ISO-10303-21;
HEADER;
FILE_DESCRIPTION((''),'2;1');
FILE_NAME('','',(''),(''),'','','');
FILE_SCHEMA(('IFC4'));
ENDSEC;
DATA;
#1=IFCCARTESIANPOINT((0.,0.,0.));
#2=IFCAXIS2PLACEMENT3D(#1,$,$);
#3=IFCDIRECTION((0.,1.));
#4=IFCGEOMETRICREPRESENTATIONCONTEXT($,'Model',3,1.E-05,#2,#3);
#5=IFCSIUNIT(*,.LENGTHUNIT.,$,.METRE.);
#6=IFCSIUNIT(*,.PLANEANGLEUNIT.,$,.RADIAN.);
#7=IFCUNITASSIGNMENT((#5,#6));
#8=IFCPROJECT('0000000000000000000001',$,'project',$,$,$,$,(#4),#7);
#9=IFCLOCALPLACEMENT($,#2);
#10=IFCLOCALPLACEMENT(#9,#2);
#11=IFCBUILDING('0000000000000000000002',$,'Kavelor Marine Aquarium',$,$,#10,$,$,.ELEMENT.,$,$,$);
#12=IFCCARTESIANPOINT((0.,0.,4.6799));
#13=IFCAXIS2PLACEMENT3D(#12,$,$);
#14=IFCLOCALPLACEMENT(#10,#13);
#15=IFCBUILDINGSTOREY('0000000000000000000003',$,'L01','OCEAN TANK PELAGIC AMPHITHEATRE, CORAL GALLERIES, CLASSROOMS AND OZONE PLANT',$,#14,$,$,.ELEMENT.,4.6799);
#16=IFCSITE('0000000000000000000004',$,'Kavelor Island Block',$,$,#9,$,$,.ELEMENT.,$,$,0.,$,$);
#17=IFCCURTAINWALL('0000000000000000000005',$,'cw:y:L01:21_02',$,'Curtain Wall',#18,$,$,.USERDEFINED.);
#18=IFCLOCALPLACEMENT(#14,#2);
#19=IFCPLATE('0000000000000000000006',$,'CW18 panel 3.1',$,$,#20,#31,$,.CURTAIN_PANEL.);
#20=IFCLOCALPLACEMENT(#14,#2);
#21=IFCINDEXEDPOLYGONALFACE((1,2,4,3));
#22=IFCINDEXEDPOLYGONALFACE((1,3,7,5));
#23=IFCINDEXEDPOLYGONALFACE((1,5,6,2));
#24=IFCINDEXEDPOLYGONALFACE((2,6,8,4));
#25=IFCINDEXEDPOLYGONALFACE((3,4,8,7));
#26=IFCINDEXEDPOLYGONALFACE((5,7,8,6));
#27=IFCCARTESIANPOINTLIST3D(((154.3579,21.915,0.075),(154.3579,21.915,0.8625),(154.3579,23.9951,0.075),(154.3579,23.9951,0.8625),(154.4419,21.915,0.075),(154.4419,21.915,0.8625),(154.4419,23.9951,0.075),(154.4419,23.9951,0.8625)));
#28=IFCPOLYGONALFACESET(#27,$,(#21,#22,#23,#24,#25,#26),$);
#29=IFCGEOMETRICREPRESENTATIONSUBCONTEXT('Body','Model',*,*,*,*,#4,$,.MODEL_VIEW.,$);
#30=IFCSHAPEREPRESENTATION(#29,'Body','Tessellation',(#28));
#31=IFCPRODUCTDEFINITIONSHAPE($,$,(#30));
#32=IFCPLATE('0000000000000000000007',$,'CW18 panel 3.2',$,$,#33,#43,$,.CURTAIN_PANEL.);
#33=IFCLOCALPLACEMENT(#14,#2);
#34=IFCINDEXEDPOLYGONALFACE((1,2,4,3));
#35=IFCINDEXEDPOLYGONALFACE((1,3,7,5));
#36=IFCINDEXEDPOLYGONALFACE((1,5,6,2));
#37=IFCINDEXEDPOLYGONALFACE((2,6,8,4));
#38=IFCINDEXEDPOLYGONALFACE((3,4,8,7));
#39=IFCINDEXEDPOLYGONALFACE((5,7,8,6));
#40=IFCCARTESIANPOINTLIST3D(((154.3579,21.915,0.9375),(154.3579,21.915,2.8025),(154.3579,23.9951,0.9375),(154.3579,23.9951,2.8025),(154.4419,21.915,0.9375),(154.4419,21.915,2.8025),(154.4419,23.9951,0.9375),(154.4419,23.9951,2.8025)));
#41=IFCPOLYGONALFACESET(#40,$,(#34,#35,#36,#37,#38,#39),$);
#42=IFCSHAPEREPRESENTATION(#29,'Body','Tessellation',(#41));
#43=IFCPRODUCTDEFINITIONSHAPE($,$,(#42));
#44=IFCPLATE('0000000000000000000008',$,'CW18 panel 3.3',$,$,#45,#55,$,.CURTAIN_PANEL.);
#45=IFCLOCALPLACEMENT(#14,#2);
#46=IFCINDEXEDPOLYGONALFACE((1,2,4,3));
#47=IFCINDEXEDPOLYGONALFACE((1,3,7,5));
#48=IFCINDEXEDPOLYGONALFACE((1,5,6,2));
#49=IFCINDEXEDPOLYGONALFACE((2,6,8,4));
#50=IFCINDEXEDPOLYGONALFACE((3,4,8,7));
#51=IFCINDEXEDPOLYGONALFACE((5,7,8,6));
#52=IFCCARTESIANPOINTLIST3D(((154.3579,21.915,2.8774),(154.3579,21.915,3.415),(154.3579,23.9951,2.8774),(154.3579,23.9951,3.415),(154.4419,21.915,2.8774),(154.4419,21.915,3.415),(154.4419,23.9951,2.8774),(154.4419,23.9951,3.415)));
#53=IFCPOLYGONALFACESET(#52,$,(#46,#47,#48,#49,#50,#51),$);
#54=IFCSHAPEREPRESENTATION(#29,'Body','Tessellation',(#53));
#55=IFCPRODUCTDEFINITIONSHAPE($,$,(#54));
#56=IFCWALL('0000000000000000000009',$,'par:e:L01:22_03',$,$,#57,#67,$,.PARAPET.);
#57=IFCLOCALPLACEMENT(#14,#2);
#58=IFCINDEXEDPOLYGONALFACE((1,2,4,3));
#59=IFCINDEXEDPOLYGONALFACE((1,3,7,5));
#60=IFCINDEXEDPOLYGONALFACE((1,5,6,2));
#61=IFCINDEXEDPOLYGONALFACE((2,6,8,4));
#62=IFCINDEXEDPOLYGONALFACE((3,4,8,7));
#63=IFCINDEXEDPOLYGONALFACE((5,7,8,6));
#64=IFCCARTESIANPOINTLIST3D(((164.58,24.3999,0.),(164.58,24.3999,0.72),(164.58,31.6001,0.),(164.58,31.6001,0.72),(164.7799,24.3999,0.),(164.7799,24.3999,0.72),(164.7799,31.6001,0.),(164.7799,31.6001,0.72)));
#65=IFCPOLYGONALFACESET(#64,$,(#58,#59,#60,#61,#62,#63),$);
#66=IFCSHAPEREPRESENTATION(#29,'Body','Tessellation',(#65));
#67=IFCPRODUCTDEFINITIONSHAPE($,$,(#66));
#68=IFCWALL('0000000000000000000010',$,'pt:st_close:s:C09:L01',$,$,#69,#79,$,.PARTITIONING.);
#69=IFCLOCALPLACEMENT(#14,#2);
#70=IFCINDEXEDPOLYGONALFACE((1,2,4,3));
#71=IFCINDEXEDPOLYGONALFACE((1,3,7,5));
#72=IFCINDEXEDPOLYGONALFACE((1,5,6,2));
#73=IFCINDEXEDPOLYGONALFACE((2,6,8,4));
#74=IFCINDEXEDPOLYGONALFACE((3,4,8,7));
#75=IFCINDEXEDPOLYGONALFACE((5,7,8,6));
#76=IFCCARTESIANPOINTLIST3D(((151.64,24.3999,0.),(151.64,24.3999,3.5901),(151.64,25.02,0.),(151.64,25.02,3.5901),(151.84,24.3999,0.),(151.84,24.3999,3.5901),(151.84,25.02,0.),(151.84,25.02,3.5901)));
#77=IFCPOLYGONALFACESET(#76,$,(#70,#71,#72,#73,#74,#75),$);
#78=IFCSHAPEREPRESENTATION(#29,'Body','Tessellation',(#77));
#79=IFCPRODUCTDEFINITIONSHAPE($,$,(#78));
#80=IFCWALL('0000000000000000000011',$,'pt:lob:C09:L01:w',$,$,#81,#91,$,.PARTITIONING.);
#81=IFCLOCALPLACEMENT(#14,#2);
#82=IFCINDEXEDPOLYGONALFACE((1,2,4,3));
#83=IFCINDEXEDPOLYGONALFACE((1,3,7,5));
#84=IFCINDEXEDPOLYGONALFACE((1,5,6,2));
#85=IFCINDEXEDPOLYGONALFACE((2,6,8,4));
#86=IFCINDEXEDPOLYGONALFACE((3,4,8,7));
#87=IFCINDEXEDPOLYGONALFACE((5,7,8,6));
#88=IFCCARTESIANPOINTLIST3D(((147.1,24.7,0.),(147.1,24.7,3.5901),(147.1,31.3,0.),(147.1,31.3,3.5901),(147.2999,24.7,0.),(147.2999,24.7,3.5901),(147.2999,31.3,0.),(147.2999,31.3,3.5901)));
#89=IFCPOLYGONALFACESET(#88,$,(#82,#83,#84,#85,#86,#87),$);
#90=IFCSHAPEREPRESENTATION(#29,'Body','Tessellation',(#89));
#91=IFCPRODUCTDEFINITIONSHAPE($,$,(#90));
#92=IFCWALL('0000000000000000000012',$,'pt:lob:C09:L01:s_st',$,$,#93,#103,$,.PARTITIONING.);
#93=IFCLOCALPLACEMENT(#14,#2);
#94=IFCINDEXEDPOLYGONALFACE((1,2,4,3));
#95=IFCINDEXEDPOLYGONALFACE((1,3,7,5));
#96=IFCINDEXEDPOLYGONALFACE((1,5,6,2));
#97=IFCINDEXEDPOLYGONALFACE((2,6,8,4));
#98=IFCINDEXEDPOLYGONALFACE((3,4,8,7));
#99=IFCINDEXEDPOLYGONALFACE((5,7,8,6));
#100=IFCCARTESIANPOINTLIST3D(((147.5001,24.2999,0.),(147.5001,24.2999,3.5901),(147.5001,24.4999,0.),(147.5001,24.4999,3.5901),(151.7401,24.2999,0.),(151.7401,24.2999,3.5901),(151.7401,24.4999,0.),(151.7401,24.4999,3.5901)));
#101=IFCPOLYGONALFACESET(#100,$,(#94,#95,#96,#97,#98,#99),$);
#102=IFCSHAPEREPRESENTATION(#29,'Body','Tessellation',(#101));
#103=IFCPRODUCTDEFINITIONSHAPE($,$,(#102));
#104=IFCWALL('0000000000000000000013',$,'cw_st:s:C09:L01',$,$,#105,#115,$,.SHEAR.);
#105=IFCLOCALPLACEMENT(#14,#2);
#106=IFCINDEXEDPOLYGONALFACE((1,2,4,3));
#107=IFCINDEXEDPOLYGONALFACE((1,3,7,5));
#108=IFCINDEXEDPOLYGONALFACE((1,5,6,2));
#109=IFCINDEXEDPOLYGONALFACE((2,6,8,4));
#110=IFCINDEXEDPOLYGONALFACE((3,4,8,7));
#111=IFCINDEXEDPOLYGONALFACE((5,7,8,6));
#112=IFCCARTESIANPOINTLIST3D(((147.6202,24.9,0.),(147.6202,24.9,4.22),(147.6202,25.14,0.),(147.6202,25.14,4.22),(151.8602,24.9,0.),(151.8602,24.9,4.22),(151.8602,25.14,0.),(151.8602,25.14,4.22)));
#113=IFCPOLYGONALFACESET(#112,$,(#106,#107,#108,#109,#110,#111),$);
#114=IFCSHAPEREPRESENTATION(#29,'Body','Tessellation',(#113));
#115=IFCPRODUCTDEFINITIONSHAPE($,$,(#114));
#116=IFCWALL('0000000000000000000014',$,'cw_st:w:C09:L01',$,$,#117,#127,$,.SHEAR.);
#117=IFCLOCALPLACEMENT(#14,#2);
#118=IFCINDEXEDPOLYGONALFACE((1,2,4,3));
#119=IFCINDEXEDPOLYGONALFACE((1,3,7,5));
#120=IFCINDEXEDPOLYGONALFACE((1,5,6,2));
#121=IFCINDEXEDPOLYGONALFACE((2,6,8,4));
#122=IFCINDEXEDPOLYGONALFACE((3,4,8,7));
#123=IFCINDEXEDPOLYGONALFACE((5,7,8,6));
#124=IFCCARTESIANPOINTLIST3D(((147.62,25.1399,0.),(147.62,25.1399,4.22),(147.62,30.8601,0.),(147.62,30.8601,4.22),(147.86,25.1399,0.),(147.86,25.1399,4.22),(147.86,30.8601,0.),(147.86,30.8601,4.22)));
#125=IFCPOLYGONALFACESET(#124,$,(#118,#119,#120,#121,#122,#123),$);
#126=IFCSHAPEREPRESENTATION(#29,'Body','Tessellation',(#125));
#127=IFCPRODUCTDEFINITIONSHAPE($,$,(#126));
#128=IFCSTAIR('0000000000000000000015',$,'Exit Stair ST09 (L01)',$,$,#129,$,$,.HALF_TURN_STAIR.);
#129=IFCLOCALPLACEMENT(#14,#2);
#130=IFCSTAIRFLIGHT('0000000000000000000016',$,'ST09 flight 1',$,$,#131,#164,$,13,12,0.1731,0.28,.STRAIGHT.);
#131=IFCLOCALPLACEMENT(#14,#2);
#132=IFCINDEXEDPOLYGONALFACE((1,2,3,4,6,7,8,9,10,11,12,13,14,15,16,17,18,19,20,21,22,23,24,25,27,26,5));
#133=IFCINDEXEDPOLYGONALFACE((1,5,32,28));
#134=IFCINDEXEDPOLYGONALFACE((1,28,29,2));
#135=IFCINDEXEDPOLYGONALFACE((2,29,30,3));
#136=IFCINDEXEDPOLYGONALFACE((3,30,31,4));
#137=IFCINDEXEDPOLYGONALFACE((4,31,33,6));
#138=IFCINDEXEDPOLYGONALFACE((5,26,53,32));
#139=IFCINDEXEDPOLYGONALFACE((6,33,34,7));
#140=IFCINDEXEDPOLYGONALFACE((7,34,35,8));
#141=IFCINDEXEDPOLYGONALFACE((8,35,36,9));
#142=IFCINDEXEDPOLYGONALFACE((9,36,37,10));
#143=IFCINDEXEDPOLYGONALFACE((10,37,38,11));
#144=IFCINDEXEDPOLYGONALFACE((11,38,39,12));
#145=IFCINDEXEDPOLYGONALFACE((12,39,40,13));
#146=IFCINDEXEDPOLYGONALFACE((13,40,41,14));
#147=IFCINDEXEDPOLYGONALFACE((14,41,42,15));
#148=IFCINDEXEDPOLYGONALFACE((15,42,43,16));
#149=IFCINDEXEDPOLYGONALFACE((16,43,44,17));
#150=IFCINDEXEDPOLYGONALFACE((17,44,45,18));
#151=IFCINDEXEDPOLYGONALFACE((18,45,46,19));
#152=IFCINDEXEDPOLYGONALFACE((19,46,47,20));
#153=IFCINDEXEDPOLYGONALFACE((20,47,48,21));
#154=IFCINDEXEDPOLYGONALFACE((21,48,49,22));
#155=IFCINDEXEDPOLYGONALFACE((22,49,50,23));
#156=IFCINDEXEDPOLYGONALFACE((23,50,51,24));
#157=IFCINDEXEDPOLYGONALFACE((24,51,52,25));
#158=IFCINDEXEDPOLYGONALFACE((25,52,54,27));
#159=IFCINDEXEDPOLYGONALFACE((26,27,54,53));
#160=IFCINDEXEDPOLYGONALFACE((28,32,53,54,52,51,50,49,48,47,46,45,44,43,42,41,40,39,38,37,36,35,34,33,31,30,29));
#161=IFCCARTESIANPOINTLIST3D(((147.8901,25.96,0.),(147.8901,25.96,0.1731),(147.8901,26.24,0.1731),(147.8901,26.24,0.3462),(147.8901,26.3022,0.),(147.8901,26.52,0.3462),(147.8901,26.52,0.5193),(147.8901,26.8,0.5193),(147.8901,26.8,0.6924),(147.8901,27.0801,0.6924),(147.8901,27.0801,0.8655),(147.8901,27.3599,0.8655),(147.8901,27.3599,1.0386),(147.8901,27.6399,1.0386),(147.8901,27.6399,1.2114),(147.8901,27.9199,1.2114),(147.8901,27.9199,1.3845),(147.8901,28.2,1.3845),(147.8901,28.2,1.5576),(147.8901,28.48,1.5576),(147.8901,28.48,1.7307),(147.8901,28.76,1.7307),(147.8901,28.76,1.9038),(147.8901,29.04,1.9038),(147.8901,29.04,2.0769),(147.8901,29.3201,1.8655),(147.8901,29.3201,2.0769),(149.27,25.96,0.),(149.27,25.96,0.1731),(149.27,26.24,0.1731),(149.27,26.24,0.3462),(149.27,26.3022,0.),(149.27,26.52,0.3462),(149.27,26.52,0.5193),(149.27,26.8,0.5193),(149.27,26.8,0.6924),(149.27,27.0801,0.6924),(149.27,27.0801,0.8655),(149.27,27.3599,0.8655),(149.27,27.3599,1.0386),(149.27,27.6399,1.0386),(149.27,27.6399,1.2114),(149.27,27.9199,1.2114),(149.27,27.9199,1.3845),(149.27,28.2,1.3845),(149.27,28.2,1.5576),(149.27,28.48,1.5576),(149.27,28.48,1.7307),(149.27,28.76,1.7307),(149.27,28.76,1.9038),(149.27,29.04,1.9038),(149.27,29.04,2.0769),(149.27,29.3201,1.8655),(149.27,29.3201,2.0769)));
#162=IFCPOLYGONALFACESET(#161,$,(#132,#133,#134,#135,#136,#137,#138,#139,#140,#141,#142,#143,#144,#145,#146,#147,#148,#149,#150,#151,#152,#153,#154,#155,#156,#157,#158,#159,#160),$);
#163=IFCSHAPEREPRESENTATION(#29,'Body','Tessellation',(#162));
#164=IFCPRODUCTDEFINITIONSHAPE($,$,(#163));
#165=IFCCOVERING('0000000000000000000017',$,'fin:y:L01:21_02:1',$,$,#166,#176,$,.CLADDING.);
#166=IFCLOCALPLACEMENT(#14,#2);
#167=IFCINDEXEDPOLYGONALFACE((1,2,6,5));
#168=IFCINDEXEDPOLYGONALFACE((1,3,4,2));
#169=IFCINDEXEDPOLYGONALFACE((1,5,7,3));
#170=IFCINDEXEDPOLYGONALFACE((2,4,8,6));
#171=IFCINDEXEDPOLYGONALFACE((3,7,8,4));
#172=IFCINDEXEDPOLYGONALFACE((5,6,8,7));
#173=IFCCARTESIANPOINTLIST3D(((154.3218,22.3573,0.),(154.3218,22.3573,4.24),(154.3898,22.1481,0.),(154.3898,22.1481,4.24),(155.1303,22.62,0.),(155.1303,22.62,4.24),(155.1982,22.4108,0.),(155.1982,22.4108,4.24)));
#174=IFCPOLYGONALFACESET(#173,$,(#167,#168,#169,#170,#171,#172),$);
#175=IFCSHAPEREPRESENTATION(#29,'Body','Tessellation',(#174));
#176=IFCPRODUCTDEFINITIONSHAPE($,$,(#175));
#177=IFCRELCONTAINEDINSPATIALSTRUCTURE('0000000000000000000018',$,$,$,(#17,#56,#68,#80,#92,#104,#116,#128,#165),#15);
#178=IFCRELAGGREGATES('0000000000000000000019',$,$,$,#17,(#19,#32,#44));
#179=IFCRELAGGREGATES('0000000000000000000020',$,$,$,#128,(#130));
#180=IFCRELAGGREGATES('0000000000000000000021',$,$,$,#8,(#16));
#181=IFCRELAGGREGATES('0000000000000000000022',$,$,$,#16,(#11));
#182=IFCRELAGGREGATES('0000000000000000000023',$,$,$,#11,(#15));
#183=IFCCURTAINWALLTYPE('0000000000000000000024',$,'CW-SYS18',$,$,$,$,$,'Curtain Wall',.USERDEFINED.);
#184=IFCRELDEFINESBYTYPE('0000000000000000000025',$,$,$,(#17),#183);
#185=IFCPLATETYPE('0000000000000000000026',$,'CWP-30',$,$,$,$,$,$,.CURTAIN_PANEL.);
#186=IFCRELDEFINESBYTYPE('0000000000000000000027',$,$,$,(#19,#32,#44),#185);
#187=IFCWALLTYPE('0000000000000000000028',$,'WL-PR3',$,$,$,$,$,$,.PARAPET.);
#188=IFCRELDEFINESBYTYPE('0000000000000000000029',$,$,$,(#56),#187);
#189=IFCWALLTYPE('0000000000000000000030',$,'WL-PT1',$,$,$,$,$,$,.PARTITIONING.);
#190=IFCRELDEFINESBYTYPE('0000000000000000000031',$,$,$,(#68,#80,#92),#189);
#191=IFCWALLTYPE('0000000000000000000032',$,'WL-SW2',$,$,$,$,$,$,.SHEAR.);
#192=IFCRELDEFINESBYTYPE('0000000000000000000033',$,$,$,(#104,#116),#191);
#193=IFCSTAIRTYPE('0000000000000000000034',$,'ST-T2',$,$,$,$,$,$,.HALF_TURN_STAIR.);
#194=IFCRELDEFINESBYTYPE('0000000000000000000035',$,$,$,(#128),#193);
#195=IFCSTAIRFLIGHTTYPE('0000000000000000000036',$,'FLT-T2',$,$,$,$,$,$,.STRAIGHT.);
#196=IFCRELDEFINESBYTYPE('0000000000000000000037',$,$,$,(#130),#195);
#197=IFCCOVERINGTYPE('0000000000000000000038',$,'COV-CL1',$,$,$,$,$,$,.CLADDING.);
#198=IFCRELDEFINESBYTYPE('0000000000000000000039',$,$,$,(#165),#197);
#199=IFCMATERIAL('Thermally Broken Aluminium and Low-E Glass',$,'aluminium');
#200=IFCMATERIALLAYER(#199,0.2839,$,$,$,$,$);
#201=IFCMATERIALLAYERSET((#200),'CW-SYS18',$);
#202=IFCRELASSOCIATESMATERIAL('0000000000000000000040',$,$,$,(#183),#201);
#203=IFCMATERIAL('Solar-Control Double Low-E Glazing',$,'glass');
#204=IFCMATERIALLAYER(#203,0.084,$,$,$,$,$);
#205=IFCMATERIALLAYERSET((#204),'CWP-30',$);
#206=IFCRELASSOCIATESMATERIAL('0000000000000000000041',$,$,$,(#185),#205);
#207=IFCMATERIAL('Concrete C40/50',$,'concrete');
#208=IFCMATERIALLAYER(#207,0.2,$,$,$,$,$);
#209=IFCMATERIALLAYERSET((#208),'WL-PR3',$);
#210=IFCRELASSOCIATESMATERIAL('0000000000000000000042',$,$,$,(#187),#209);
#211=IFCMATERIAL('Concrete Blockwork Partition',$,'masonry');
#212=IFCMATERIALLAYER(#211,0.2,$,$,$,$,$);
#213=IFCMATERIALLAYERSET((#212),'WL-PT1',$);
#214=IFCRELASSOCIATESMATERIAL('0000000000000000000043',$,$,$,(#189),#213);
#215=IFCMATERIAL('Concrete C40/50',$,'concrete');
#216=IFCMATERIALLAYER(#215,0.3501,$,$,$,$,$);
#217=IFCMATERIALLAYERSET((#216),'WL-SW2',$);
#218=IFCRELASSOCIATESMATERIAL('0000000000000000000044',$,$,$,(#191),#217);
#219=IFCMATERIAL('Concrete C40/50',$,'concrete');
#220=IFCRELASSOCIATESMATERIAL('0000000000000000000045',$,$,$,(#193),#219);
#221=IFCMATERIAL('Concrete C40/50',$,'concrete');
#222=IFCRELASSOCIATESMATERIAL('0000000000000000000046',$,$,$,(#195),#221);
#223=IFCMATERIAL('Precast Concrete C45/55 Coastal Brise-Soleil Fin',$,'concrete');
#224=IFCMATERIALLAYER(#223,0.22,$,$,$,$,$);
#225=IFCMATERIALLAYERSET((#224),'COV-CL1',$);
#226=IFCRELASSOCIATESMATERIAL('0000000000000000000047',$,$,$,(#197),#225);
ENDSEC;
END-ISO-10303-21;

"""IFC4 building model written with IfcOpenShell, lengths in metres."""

from ifc_helpers import new_model, si_unit, direction, frame, frame_2d, origin, origin_2d, place, context, subcontext, project, spatial, polyline, rectangle, outline, extrude, material, layer, layer_set, type_object, element, aggregate, save


model = new_model("IFC4")

# Units and contexts
model_context = context("Model", 3, precision=1e-05, world=origin(), true_north=direction((0.0, 1.0)))
body_context = subcontext(model_context, "Body", "Model", "MODEL_VIEW")
ifc_project = project(units=[si_unit("LENGTHUNIT", "METRE"), si_unit("PLANEANGLEUNIT", "RADIAN")], contexts=[model_context])

# Site, building, storey
site_placement = place(None, origin())
site = spatial("IfcSite", under=ifc_project, at=site_placement, Name="Kavelor Island Block", CompositionType="ELEMENT", RefElevation=0.0)
building_placement = place(site_placement, origin())
building = spatial("IfcBuilding", under=site, at=building_placement, Name="Kavelor Marine Aquarium", CompositionType="ELEMENT")
storey_placement = place(building_placement, frame((0.0, 0.0, 4.6799)))
storey = spatial("IfcBuildingStorey", under=building, at=storey_placement, Name="L01", Description="OCEAN TANK PELAGIC AMPHITHEATRE, CORAL GALLERIES, CLASSROOMS AND OZONE PLANT", CompositionType="ELEMENT", Elevation=4.6799)

# Curtain wall, plates
ifc_material_1 = material(Name="Thermally Broken Aluminium and Low-E Glass", Category="aluminium")
ifc_layer_1 = layer(ifc_material_1, 0.2839)
ifc_layer_set_1 = layer_set([ifc_layer_1], Name="CW-SYS18")
curtain_wall_type = type_object("IfcCurtainWallType", Name="CW-SYS18", ElementType="Curtain Wall", PredefinedType="USERDEFINED", material=ifc_layer_set_1)
curtain_wall_placement = place(storey_placement, origin())
curtain_wall = element("IfcCurtainWall", 1, at=curtain_wall_placement, inside=storey, type_object=curtain_wall_type, Name="cw:y:L01:21_02", ObjectType="Curtain Wall", PredefinedType="USERDEFINED")
ifc_material_2 = material(Name="Solar-Control Double Low-E Glazing", Category="glass")
ifc_layer_2 = layer(ifc_material_2, 0.084)
ifc_layer_set_2 = layer_set([ifc_layer_2], Name="CWP-30")
plate_type = type_object("IfcPlateType", Name="CWP-30", PredefinedType="CURTAIN_PANEL", material=ifc_layer_set_2)
plate_1_placement = place(storey_placement, frame((154.3999, 22.9551, 0.075), z_axis=(0.0, 0.0, 1.0), x_axis=(0.0, 1.0, 0.0)))
plate_1 = element("IfcPlate", 2, at=plate_1_placement, type_object=plate_type, Name="CW18 panel 3.1", PredefinedType="CURTAIN_PANEL", context=body_context, shape_type="SweptSolid", body=[
    extrude(rectangle(XDim=2.0801, YDim=0.084, at=origin_2d()), origin(), (0.0, 0.0, 1.0), 0.7876),
])
plate_2_placement = place(storey_placement, frame((154.3999, 22.9551, 0.9375), z_axis=(0.0, 0.0, 1.0), x_axis=(0.0, 1.0, 0.0)))
plate_2 = element("IfcPlate", 3, at=plate_2_placement, type_object=plate_type, Name="CW18 panel 3.2", PredefinedType="CURTAIN_PANEL", context=body_context, shape_type="SweptSolid", body=[
    extrude(rectangle(XDim=2.0801, YDim=0.084, at=origin_2d()), origin(), (0.0, 0.0, 1.0), 1.865),
])
plate_3_placement = place(storey_placement, frame((154.3999, 22.9551, 2.8774), z_axis=(0.0, 0.0, 1.0), x_axis=(0.0, 1.0, 0.0)))
plate_3 = element("IfcPlate", 4, at=plate_3_placement, type_object=plate_type, Name="CW18 panel 3.3", PredefinedType="CURTAIN_PANEL", context=body_context, shape_type="SweptSolid", body=[
    extrude(rectangle(XDim=2.0801, YDim=0.084, at=origin_2d()), origin(), (0.0, 0.0, 1.0), 0.5376),
])
aggregate(curtain_wall, [plate_1, plate_2, plate_3])

# Walls
ifc_material_3 = material(Name="Concrete C40/50", Category="concrete")
ifc_layer_3 = layer(ifc_material_3, 0.2)
ifc_layer_set_3 = layer_set([ifc_layer_3], Name="WL-PR3")
wall_type_1 = type_object("IfcWallType", Name="WL-PR3", PredefinedType="PARAPET", material=ifc_layer_set_3)
wall_1_placement = place(storey_placement, frame((164.6799, 24.3999, 0.0), z_axis=(0.0, 0.0, 1.0), x_axis=(0.0, 1.0, 0.0)))
element("IfcWall", 5, at=wall_1_placement, inside=storey, type_object=wall_type_1, Name="par:e:L01:22_03", PredefinedType="PARAPET", context=body_context, shape_type="SweptSolid", body=[
    extrude(rectangle(XDim=7.2002, YDim=0.2, at=frame_2d((3.6001, 0.0))), origin(), (0.0, 0.0, 1.0), 0.72),
])
ifc_material_4 = material(Name="Concrete Blockwork Partition", Category="masonry")
ifc_layer_4 = layer(ifc_material_4, 0.2)
ifc_layer_set_4 = layer_set([ifc_layer_4], Name="WL-PT1")
wall_type_2 = type_object("IfcWallType", Name="WL-PT1", PredefinedType="PARTITIONING", material=ifc_layer_set_4)
wall_2_placement = place(storey_placement, frame((151.74, 24.3999, 0.0), z_axis=(0.0, 0.0, 1.0), x_axis=(0.0, 1.0, 0.0)))
element("IfcWall", 6, at=wall_2_placement, inside=storey, type_object=wall_type_2, Name="pt:st_close:s:C09:L01", PredefinedType="PARTITIONING", context=body_context, shape_type="SweptSolid", body=[
    extrude(rectangle(XDim=0.6201, YDim=0.2, at=frame_2d((0.3101, 0.0))), origin(), (0.0, 0.0, 1.0), 3.5901),
])
wall_3_placement = place(storey_placement, frame((147.2, 24.7, 0.0), z_axis=(0.0, 0.0, 1.0), x_axis=(0.0, 1.0, 0.0)))
element("IfcWall", 7, at=wall_3_placement, inside=storey, type_object=wall_type_2, Name="pt:lob:C09:L01:w", PredefinedType="PARTITIONING", context=body_context, shape_type="SweptSolid", body=[
    extrude(rectangle(XDim=6.6001, YDim=0.2, at=frame_2d((3.3, 0.0))), origin(), (0.0, 0.0, 1.0), 3.5901),
])
wall_4_placement = place(storey_placement, frame((147.5, 24.3999, 0.0), z_axis=(0.0, 0.0, 1.0), x_axis=(1.0, 0.0, 0.0)))
element("IfcWall", 8, at=wall_4_placement, inside=storey, type_object=wall_type_2, Name="pt:lob:C09:L01:s_st", PredefinedType="PARTITIONING", context=body_context, shape_type="SweptSolid", body=[
    extrude(rectangle(XDim=4.24, YDim=0.2, at=frame_2d((2.1201, 0.0))), origin(), (0.0, 0.0, 1.0), 3.5901),
])

# Walls
ifc_material_5 = material(Name="Concrete C40/50", Category="concrete")
ifc_layer_5 = layer(ifc_material_5, 0.3501)
ifc_layer_set_5 = layer_set([ifc_layer_5], Name="WL-SW2")
wall_type_3 = type_object("IfcWallType", Name="WL-SW2", PredefinedType="SHEAR", material=ifc_layer_set_5)
wall_5_placement = place(storey_placement, frame((147.6201, 25.02, 0.0), z_axis=(0.0, 0.0, 1.0), x_axis=(1.0, 0.0, 0.0)))
element("IfcWall", 9, at=wall_5_placement, inside=storey, type_object=wall_type_3, Name="cw_st:s:C09:L01", PredefinedType="SHEAR", context=body_context, shape_type="SweptSolid", body=[
    extrude(rectangle(XDim=4.24, YDim=0.24, at=frame_2d((2.1201, 0.0))), origin(), (0.0, 0.0, 1.0), 4.22),
])
wall_6_placement = place(storey_placement, frame((147.74, 25.1399, 0.0), z_axis=(0.0, 0.0, 1.0), x_axis=(0.0, 1.0, 0.0)))
element("IfcWall", 10, at=wall_6_placement, inside=storey, type_object=wall_type_3, Name="cw_st:w:C09:L01", PredefinedType="SHEAR", context=body_context, shape_type="SweptSolid", body=[
    extrude(rectangle(XDim=5.7202, YDim=0.24, at=frame_2d((2.8601, 0.0))), origin(), (0.0, 0.0, 1.0), 4.22),
])

# Stair, stair flight
ifc_material_6 = material(Name="Concrete C40/50", Category="concrete")
stair_type = type_object("IfcStairType", Name="ST-T2", PredefinedType="HALF_TURN_STAIR", material=ifc_material_6)
stair_placement = place(storey_placement, origin())
stair = element("IfcStair", 11, at=stair_placement, inside=storey, type_object=stair_type, Name="Exit Stair ST09 (L01)", PredefinedType="HALF_TURN_STAIR")
ifc_material_7 = material(Name="Concrete C40/50", Category="concrete")
stair_flight_type = type_object("IfcStairFlightType", Name="FLT-T2", PredefinedType="STRAIGHT", material=ifc_material_7)
stair_flight_placement = place(storey_placement, frame((148.5801, 25.96, 0.0), z_axis=(0.0, 0.0, 1.0), x_axis=(0.0, 1.0, 0.0)))
stair_flight = element("IfcStairFlight", 12, at=stair_flight_placement, type_object=stair_flight_type, Name="ST09 flight 1", NumberOfRisers=13, NumberOfTreads=12, PredefinedType="STRAIGHT", RiserHeight=0.1731, TreadLength=0.28, context=body_context, shape_type="SweptSolid", body=[
    extrude(outline(polyline([(0.0, 0.0), (0.0, 0.1731), (0.28, 0.1731), (0.28, 0.3462), (0.5601, 0.3462), (0.5601, 0.5193), (0.8401, 0.5193), (0.8401, 0.6924), (1.1201, 0.6924), (1.1201, 0.8655), (1.3999, 0.8655), (1.3999, 1.0386), (1.6799, 1.0386), (1.6799, 1.2114), (1.96, 1.2114), (1.96, 1.3845), (2.24, 1.3845), (2.24, 1.5576), (2.52, 1.5576), (2.52, 1.7307), (2.8, 1.7307), (2.8, 1.9038), (3.0801, 1.9038), (3.0801, 2.0769), (3.3601, 2.0769), (3.3601, 2.25), (3.3601, 1.8655), (0.3423, 0.0), (0.0, 0.0)])), frame((0.0, 0.6899, 0.0), z_axis=(0.0, -1.0, 0.0), x_axis=(1.0, 0.0, 0.0)), (0.0, 0.0, 1.0), 1.3799),
])
aggregate(stair, [stair_flight])

# Covering
ifc_material_8 = material(Name="Precast Concrete C45/55 Coastal Brise-Soleil Fin", Category="concrete")
ifc_layer_6 = layer(ifc_material_8, 0.22)
ifc_layer_set_6 = layer_set([ifc_layer_6], Name="COV-CL1")
covering_type = type_object("IfcCoveringType", Name="COV-CL1", PredefinedType="CLADDING", material=ifc_layer_set_6)
covering_placement = place(storey_placement, frame((154.76, 22.384, 0.0), z_axis=(0.0, 0.0, 1.0), x_axis=(0.951057, 0.309017, 0.0)))
element("IfcCovering", 13, at=covering_placement, inside=storey, type_object=covering_type, Name="fin:y:L01:21_02:1", PredefinedType="CLADDING", context=body_context, shape_type="SweptSolid", body=[
    extrude(rectangle(XDim=0.8501, YDim=0.22, at=origin_2d()), origin(), (0.0, 0.0, 1.0), 4.24),
])

save(model, "model.ifc")
